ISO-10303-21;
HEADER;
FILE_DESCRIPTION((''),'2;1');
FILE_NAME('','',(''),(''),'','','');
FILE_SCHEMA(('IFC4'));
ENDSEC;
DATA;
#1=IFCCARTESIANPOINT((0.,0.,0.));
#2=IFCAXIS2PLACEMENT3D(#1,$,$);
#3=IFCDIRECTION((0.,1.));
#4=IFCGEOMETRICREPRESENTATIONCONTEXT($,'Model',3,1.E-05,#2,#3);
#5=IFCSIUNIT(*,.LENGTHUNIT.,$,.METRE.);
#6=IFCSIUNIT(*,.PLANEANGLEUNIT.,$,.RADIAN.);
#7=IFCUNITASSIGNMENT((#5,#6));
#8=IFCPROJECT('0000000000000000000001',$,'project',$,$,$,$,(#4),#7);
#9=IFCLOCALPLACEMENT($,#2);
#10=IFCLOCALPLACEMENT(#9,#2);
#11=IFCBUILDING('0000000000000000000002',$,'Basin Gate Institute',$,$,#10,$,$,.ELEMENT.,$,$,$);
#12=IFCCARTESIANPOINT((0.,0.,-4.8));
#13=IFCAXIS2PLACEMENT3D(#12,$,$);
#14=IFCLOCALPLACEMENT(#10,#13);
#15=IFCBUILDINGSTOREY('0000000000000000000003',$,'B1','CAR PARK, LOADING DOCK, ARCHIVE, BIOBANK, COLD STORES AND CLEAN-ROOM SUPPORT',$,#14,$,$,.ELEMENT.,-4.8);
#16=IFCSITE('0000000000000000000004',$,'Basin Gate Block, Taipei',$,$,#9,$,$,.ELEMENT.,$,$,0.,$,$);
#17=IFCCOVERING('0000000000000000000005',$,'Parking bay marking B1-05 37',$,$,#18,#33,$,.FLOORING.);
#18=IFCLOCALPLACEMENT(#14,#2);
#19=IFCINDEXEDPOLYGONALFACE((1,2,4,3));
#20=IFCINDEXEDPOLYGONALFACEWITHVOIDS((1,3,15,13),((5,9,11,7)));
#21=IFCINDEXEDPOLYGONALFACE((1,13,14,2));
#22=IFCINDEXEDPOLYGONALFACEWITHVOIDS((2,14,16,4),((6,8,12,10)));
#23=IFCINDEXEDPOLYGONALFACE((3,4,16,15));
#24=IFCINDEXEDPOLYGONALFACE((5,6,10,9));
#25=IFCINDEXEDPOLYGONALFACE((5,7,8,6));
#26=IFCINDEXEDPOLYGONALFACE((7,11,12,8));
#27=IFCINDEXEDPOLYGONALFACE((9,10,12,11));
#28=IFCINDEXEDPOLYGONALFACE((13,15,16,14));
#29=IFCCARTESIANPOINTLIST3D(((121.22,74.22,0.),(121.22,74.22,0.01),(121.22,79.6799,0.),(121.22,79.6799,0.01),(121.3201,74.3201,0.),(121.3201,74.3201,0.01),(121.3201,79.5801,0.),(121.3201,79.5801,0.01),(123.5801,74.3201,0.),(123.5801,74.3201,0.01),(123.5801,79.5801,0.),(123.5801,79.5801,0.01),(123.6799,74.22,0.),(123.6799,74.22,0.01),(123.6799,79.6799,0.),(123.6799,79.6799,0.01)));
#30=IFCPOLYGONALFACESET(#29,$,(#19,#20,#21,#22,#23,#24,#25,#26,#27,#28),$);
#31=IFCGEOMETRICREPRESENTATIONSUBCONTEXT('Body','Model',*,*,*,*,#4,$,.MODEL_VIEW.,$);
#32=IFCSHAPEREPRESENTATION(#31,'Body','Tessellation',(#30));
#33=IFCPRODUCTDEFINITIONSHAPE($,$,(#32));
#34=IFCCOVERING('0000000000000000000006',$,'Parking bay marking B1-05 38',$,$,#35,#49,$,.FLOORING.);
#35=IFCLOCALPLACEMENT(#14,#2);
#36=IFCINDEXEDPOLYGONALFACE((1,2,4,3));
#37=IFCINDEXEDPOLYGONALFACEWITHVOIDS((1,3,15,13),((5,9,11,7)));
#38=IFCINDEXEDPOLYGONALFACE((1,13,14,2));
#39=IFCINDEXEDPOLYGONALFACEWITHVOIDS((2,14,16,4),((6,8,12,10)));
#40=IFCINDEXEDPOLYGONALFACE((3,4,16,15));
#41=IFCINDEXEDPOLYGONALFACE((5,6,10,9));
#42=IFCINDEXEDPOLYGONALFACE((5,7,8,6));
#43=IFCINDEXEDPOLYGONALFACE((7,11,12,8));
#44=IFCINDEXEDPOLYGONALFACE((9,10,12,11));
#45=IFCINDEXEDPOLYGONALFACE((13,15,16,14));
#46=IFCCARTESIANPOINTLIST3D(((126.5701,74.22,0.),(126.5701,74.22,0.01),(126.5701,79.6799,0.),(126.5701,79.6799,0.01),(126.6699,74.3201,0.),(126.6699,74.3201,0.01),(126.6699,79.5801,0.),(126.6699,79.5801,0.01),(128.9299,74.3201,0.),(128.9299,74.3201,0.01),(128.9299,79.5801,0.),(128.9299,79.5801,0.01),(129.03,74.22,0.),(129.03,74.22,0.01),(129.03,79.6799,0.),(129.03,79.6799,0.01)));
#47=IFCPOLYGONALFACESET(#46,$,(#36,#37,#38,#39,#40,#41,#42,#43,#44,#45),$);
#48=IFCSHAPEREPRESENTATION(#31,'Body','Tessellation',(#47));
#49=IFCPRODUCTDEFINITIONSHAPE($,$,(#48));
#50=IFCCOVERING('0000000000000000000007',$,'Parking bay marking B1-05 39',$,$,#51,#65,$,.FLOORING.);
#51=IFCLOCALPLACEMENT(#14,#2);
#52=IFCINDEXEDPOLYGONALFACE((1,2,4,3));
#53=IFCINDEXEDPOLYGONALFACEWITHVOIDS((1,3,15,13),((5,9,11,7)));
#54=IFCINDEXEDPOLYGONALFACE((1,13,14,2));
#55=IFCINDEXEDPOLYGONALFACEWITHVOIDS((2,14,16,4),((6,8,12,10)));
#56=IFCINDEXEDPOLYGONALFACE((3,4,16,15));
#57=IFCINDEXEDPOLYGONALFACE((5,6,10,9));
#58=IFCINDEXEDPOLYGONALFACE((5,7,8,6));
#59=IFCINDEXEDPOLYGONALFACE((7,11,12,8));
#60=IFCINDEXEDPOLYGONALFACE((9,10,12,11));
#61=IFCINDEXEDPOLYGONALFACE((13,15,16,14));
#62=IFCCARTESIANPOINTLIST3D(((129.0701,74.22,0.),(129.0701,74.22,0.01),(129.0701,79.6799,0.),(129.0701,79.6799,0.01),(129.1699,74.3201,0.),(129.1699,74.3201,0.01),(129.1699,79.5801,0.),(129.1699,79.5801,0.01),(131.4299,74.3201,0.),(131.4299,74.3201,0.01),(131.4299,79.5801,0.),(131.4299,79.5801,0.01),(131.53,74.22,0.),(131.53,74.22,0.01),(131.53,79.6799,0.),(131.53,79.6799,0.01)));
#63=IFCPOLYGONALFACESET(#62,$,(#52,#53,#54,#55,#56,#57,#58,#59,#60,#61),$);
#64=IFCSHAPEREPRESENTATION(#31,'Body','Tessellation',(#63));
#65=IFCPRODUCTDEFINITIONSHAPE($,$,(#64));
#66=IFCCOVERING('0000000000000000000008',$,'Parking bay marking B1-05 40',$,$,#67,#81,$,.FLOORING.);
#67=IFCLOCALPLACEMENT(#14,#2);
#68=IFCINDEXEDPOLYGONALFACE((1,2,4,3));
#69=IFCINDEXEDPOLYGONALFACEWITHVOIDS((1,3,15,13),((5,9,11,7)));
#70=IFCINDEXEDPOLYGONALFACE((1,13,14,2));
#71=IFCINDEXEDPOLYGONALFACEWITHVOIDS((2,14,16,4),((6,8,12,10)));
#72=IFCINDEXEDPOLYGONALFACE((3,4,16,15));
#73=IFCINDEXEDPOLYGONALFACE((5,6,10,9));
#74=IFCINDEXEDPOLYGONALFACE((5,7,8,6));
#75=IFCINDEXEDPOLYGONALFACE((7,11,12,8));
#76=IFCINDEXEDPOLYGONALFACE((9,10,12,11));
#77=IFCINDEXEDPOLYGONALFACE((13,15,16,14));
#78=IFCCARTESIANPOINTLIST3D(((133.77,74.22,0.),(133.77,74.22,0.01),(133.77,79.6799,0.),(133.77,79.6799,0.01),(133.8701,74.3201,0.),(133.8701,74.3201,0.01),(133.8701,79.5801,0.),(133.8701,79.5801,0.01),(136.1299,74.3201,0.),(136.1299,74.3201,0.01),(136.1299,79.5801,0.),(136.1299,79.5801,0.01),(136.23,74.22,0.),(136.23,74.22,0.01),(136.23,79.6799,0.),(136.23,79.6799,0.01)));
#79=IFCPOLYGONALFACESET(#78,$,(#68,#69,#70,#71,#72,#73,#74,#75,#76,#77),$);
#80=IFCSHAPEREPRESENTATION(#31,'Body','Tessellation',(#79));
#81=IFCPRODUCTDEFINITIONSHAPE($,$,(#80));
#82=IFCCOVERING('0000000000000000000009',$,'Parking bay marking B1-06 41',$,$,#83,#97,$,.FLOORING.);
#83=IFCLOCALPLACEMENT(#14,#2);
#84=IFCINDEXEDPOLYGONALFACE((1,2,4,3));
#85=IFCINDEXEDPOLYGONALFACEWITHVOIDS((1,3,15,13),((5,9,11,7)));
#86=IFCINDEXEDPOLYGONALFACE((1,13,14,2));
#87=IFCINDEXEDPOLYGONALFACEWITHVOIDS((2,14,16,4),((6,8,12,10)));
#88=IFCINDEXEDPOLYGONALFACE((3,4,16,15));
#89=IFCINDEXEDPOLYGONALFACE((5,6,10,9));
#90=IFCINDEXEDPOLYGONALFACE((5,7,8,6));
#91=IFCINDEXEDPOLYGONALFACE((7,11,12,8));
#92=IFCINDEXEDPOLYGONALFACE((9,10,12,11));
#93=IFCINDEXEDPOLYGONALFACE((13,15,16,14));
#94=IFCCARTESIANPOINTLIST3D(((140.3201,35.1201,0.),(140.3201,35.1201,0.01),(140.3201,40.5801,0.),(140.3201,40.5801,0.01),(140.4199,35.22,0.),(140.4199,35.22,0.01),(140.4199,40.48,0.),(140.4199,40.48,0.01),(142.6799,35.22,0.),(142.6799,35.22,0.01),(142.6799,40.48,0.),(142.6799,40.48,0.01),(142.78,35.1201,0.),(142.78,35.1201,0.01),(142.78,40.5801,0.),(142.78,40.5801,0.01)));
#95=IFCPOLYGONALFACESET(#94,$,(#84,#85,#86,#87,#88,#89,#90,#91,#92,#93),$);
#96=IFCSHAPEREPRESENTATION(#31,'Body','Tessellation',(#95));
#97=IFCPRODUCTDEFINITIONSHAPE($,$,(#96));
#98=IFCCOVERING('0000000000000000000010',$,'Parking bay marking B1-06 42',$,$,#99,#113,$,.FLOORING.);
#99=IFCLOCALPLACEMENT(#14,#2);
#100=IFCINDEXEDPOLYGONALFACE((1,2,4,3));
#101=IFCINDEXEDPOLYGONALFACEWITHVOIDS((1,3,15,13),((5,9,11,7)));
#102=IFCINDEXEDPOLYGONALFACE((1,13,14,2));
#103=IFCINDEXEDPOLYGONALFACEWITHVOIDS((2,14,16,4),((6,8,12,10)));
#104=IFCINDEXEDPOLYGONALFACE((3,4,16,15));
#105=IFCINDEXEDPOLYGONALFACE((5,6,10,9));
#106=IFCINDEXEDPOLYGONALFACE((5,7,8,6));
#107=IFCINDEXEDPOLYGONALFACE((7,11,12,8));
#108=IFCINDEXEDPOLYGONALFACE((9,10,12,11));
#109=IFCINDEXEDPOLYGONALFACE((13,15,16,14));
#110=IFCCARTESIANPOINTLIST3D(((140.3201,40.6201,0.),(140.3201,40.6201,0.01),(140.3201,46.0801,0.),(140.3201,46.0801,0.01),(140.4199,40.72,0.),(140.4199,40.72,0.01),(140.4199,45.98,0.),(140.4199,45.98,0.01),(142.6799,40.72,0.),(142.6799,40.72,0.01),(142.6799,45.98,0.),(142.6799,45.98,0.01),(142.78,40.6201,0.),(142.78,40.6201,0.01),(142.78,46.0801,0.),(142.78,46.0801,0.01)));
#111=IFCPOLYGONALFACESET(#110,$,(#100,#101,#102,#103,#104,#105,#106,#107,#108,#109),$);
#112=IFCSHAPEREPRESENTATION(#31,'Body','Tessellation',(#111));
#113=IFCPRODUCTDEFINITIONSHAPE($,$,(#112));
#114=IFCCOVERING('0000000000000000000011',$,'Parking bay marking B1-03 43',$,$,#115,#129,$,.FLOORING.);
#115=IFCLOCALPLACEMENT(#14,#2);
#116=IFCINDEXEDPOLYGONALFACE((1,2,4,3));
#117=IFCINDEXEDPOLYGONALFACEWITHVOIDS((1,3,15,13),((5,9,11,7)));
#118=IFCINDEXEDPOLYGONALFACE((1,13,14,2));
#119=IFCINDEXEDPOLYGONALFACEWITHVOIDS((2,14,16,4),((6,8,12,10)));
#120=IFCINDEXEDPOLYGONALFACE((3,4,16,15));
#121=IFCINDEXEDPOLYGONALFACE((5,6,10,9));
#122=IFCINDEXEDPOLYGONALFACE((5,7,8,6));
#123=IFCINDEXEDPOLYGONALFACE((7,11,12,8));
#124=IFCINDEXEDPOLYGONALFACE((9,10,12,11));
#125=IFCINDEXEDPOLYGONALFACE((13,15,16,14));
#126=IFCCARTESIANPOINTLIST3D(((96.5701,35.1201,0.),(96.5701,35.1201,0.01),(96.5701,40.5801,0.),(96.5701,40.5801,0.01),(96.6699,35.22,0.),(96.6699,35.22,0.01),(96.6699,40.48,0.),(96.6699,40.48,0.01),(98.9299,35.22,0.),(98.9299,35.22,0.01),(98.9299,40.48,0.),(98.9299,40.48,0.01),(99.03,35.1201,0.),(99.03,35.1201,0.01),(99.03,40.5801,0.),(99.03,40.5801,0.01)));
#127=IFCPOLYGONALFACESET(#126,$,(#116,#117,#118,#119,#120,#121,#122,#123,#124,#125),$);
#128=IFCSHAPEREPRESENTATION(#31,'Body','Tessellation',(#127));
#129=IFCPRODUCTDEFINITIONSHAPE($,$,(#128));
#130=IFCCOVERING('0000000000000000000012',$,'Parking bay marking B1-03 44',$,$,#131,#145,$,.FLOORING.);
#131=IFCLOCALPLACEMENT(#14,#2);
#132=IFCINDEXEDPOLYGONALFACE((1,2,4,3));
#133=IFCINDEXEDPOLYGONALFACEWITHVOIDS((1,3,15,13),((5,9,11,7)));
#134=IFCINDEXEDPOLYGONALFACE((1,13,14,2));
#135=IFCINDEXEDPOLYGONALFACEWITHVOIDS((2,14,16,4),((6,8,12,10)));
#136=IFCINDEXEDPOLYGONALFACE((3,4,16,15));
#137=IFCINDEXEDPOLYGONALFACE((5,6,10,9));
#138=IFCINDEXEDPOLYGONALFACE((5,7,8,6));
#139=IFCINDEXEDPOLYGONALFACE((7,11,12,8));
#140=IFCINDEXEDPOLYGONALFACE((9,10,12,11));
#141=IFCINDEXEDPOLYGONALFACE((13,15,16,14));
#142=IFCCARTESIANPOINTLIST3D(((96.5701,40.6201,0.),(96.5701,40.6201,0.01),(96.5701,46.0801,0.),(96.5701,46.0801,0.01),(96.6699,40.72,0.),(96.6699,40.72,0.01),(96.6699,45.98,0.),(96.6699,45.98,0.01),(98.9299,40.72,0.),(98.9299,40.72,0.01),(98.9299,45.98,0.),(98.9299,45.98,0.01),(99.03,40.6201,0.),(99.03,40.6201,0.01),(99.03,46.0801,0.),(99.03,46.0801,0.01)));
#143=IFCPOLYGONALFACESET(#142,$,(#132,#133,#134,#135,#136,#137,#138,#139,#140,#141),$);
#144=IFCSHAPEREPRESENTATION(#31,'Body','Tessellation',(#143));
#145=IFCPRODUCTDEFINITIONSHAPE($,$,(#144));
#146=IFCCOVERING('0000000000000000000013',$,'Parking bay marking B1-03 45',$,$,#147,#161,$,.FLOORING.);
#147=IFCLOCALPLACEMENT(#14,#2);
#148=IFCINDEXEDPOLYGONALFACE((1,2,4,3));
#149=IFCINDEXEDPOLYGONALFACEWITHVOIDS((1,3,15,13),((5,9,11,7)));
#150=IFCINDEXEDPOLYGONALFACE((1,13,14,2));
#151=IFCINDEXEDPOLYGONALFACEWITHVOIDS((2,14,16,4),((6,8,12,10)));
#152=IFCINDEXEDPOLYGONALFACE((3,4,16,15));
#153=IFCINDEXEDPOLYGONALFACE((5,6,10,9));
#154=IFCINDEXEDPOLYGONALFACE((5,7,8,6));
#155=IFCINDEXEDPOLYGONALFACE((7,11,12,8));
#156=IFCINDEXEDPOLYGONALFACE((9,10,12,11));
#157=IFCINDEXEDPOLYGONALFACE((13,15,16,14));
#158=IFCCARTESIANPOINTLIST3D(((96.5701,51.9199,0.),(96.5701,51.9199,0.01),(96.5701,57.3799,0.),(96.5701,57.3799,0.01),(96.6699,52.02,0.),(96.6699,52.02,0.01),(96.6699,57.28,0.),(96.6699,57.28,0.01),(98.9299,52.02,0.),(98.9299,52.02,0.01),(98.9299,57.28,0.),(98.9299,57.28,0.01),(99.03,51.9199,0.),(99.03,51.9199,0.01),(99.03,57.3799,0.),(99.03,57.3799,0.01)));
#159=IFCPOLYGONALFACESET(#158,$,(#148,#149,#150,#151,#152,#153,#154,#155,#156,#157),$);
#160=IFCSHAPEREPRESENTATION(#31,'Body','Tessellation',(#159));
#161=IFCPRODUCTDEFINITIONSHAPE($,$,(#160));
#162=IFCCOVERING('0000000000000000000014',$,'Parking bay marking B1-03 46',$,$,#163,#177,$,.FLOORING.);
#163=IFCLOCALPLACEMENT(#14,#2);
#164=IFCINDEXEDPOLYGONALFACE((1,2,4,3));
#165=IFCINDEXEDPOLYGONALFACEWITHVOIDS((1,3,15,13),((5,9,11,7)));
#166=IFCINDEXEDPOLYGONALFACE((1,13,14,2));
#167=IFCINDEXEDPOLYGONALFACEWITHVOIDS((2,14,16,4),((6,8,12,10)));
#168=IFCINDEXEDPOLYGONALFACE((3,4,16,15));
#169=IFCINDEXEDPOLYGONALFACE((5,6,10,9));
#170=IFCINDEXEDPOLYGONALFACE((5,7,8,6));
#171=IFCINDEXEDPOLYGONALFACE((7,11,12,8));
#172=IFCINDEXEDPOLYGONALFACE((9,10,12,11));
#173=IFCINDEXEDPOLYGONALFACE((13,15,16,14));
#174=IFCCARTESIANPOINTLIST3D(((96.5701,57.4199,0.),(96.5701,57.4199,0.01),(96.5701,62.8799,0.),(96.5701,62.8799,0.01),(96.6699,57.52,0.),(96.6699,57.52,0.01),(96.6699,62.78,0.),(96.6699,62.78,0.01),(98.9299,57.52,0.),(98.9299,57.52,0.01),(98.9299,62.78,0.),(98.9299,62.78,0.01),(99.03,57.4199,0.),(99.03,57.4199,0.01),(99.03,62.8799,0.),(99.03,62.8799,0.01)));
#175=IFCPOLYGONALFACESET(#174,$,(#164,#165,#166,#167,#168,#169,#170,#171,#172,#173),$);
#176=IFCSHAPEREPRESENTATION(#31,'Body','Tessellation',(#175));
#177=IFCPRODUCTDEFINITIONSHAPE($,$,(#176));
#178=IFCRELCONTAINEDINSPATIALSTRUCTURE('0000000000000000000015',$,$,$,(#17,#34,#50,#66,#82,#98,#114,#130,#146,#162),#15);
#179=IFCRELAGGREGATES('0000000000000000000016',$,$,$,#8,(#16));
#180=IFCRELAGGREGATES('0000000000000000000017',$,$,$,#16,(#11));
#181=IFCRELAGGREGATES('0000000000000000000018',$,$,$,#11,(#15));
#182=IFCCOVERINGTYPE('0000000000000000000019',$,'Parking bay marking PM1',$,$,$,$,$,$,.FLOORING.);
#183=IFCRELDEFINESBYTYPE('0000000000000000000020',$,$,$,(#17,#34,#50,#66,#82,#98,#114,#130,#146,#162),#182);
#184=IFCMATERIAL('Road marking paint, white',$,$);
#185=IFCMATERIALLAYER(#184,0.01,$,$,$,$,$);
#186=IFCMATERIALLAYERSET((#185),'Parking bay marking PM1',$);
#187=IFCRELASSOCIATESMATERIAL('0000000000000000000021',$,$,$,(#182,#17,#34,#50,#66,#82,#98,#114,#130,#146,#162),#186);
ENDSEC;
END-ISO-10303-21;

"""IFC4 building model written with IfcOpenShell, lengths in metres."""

from ifc_helpers import new_model, si_unit, direction, frame, origin, place, context, subcontext, project, spatial, polyline, outline, extrude, material, layer, layer_set, type_object, element, save


model = new_model("IFC4")

# Units and contexts
model_context = context("Model", 3, precision=1e-05, world=origin(), true_north=direction((0.0, 1.0)))
body_context = subcontext(model_context, "Body", "Model", "MODEL_VIEW")
ifc_project = project(units=[si_unit("LENGTHUNIT", "METRE"), si_unit("PLANEANGLEUNIT", "RADIAN")], contexts=[model_context])

# Site, building, storey
site_placement = place(None, origin())
site = spatial("IfcSite", under=ifc_project, at=site_placement, Name="Basin Gate Block, Taipei", CompositionType="ELEMENT", RefElevation=0.0)
building_placement = place(site_placement, origin())
building = spatial("IfcBuilding", under=site, at=building_placement, Name="Basin Gate Institute", CompositionType="ELEMENT")
storey_placement = place(building_placement, frame((0.0, 0.0, -4.8)))
storey = spatial("IfcBuildingStorey", under=building, at=storey_placement, Name="B1", Description="CAR PARK, LOADING DOCK, ARCHIVE, BIOBANK, COLD STORES AND CLEAN-ROOM SUPPORT", CompositionType="ELEMENT", Elevation=-4.8)

# Coverings
ifc_material_1 = material(Name="Road marking paint, white")
ifc_layer_1 = layer(ifc_material_1, 0.01)
ifc_layer_set_1 = layer_set([ifc_layer_1], Name="Parking bay marking PM1")
covering_type_1 = type_object("IfcCoveringType", Name="Parking bay marking PM1", PredefinedType="FLOORING", material=ifc_layer_set_1)
covering_1_placement = place(storey_placement, origin())
element("IfcCovering", 1, at=covering_1_placement, inside=storey, type_object=covering_type_1, material=ifc_layer_set_1, Name="Parking bay marking B1-05 37", PredefinedType="FLOORING", context=body_context, shape_type="SweptSolid", body=[
    extrude(outline(polyline([(121.22, 74.22), (123.6799, 74.22), (123.6799, 79.6799), (121.22, 79.6799), (121.22, 74.22)]), holes=[polyline([(121.3201, 74.3201), (123.5801, 74.3201), (123.5801, 79.5801), (121.3201, 79.5801), (121.3201, 74.3201)])]), origin(), (0.0, 0.0, 1.0), 0.01),
])
covering_2_placement = place(storey_placement, origin())
element("IfcCovering", 2, at=covering_2_placement, inside=storey, type_object=covering_type_1, material=ifc_layer_set_1, Name="Parking bay marking B1-05 38", PredefinedType="FLOORING", context=body_context, shape_type="SweptSolid", body=[
    extrude(outline(polyline([(126.5701, 74.22), (129.03, 74.22), (129.03, 79.6799), (126.5701, 79.6799), (126.5701, 74.22)]), holes=[polyline([(126.6699, 74.3201), (128.9299, 74.3201), (128.9299, 79.5801), (126.6699, 79.5801), (126.6699, 74.3201)])]), origin(), (0.0, 0.0, 1.0), 0.01),
])
covering_3_placement = place(storey_placement, origin())
element("IfcCovering", 3, at=covering_3_placement, inside=storey, type_object=covering_type_1, material=ifc_layer_set_1, Name="Parking bay marking B1-05 39", PredefinedType="FLOORING", context=body_context, shape_type="SweptSolid", body=[
    extrude(outline(polyline([(129.0701, 74.22), (131.53, 74.22), (131.53, 79.6799), (129.0701, 79.6799), (129.0701, 74.22)]), holes=[polyline([(129.1699, 74.3201), (131.4299, 74.3201), (131.4299, 79.5801), (129.1699, 79.5801), (129.1699, 74.3201)])]), origin(), (0.0, 0.0, 1.0), 0.01),
])
covering_4_placement = place(storey_placement, origin())
element("IfcCovering", 4, at=covering_4_placement, inside=storey, type_object=covering_type_1, material=ifc_layer_set_1, Name="Parking bay marking B1-05 40", PredefinedType="FLOORING", context=body_context, shape_type="SweptSolid", body=[
    extrude(outline(polyline([(133.77, 74.22), (136.23, 74.22), (136.23, 79.6799), (133.77, 79.6799), (133.77, 74.22)]), holes=[polyline([(133.8701, 74.3201), (136.1299, 74.3201), (136.1299, 79.5801), (133.8701, 79.5801), (133.8701, 74.3201)])]), origin(), (0.0, 0.0, 1.0), 0.01),
])
covering_5_placement = place(storey_placement, origin())
element("IfcCovering", 5, at=covering_5_placement, inside=storey, type_object=covering_type_1, material=ifc_layer_set_1, Name="Parking bay marking B1-06 41", PredefinedType="FLOORING", context=body_context, shape_type="SweptSolid", body=[
    extrude(outline(polyline([(140.3201, 35.1201), (142.78, 35.1201), (142.78, 40.5801), (140.3201, 40.5801), (140.3201, 35.1201)]), holes=[polyline([(140.4199, 35.22), (142.6799, 35.22), (142.6799, 40.48), (140.4199, 40.48), (140.4199, 35.22)])]), origin(), (0.0, 0.0, 1.0), 0.01),
])
covering_6_placement = place(storey_placement, origin())
element("IfcCovering", 6, at=covering_6_placement, inside=storey, type_object=covering_type_1, material=ifc_layer_set_1, Name="Parking bay marking B1-06 42", PredefinedType="FLOORING", context=body_context, shape_type="SweptSolid", body=[
    extrude(outline(polyline([(140.3201, 40.6201), (142.78, 40.6201), (142.78, 46.0801), (140.3201, 46.0801), (140.3201, 40.6201)]), holes=[polyline([(140.4199, 40.72), (142.6799, 40.72), (142.6799, 45.98), (140.4199, 45.98), (140.4199, 40.72)])]), origin(), (0.0, 0.0, 1.0), 0.01),
])
covering_7_placement = place(storey_placement, origin())
element("IfcCovering", 7, at=covering_7_placement, inside=storey, type_object=covering_type_1, material=ifc_layer_set_1, Name="Parking bay marking B1-03 43", PredefinedType="FLOORING", context=body_context, shape_type="SweptSolid", body=[
    extrude(outline(polyline([(96.5701, 35.1201), (99.03, 35.1201), (99.03, 40.5801), (96.5701, 40.5801), (96.5701, 35.1201)]), holes=[polyline([(96.6699, 35.22), (98.9299, 35.22), (98.9299, 40.48), (96.6699, 40.48), (96.6699, 35.22)])]), origin(), (0.0, 0.0, 1.0), 0.01),
])
covering_8_placement = place(storey_placement, origin())
element("IfcCovering", 8, at=covering_8_placement, inside=storey, type_object=covering_type_1, material=ifc_layer_set_1, Name="Parking bay marking B1-03 44", PredefinedType="FLOORING", context=body_context, shape_type="SweptSolid", body=[
    extrude(outline(polyline([(96.5701, 40.6201), (99.03, 40.6201), (99.03, 46.0801), (96.5701, 46.0801), (96.5701, 40.6201)]), holes=[polyline([(96.6699, 40.72), (98.9299, 40.72), (98.9299, 45.98), (96.6699, 45.98), (96.6699, 40.72)])]), origin(), (0.0, 0.0, 1.0), 0.01),
])
covering_9_placement = place(storey_placement, origin())
element("IfcCovering", 9, at=covering_9_placement, inside=storey, type_object=covering_type_1, material=ifc_layer_set_1, Name="Parking bay marking B1-03 45", PredefinedType="FLOORING", context=body_context, shape_type="SweptSolid", body=[
    extrude(outline(polyline([(96.5701, 51.9199), (99.03, 51.9199), (99.03, 57.3799), (96.5701, 57.3799), (96.5701, 51.9199)]), holes=[polyline([(96.6699, 52.02), (98.9299, 52.02), (98.9299, 57.28), (96.6699, 57.28), (96.6699, 52.02)])]), origin(), (0.0, 0.0, 1.0), 0.01),
])
covering_10_placement = place(storey_placement, origin())
element("IfcCovering", 10, at=covering_10_placement, inside=storey, type_object=covering_type_1, material=ifc_layer_set_1, Name="Parking bay marking B1-03 46", PredefinedType="FLOORING", context=body_context, shape_type="SweptSolid", body=[
    extrude(outline(polyline([(96.5701, 57.4199), (99.03, 57.4199), (99.03, 62.8799), (96.5701, 62.8799), (96.5701, 57.4199)]), holes=[polyline([(96.6699, 57.52), (98.9299, 57.52), (98.9299, 62.78), (96.6699, 62.78), (96.6699, 57.52)])]), origin(), (0.0, 0.0, 1.0), 0.01),
])

save(model, "model.ifc")
